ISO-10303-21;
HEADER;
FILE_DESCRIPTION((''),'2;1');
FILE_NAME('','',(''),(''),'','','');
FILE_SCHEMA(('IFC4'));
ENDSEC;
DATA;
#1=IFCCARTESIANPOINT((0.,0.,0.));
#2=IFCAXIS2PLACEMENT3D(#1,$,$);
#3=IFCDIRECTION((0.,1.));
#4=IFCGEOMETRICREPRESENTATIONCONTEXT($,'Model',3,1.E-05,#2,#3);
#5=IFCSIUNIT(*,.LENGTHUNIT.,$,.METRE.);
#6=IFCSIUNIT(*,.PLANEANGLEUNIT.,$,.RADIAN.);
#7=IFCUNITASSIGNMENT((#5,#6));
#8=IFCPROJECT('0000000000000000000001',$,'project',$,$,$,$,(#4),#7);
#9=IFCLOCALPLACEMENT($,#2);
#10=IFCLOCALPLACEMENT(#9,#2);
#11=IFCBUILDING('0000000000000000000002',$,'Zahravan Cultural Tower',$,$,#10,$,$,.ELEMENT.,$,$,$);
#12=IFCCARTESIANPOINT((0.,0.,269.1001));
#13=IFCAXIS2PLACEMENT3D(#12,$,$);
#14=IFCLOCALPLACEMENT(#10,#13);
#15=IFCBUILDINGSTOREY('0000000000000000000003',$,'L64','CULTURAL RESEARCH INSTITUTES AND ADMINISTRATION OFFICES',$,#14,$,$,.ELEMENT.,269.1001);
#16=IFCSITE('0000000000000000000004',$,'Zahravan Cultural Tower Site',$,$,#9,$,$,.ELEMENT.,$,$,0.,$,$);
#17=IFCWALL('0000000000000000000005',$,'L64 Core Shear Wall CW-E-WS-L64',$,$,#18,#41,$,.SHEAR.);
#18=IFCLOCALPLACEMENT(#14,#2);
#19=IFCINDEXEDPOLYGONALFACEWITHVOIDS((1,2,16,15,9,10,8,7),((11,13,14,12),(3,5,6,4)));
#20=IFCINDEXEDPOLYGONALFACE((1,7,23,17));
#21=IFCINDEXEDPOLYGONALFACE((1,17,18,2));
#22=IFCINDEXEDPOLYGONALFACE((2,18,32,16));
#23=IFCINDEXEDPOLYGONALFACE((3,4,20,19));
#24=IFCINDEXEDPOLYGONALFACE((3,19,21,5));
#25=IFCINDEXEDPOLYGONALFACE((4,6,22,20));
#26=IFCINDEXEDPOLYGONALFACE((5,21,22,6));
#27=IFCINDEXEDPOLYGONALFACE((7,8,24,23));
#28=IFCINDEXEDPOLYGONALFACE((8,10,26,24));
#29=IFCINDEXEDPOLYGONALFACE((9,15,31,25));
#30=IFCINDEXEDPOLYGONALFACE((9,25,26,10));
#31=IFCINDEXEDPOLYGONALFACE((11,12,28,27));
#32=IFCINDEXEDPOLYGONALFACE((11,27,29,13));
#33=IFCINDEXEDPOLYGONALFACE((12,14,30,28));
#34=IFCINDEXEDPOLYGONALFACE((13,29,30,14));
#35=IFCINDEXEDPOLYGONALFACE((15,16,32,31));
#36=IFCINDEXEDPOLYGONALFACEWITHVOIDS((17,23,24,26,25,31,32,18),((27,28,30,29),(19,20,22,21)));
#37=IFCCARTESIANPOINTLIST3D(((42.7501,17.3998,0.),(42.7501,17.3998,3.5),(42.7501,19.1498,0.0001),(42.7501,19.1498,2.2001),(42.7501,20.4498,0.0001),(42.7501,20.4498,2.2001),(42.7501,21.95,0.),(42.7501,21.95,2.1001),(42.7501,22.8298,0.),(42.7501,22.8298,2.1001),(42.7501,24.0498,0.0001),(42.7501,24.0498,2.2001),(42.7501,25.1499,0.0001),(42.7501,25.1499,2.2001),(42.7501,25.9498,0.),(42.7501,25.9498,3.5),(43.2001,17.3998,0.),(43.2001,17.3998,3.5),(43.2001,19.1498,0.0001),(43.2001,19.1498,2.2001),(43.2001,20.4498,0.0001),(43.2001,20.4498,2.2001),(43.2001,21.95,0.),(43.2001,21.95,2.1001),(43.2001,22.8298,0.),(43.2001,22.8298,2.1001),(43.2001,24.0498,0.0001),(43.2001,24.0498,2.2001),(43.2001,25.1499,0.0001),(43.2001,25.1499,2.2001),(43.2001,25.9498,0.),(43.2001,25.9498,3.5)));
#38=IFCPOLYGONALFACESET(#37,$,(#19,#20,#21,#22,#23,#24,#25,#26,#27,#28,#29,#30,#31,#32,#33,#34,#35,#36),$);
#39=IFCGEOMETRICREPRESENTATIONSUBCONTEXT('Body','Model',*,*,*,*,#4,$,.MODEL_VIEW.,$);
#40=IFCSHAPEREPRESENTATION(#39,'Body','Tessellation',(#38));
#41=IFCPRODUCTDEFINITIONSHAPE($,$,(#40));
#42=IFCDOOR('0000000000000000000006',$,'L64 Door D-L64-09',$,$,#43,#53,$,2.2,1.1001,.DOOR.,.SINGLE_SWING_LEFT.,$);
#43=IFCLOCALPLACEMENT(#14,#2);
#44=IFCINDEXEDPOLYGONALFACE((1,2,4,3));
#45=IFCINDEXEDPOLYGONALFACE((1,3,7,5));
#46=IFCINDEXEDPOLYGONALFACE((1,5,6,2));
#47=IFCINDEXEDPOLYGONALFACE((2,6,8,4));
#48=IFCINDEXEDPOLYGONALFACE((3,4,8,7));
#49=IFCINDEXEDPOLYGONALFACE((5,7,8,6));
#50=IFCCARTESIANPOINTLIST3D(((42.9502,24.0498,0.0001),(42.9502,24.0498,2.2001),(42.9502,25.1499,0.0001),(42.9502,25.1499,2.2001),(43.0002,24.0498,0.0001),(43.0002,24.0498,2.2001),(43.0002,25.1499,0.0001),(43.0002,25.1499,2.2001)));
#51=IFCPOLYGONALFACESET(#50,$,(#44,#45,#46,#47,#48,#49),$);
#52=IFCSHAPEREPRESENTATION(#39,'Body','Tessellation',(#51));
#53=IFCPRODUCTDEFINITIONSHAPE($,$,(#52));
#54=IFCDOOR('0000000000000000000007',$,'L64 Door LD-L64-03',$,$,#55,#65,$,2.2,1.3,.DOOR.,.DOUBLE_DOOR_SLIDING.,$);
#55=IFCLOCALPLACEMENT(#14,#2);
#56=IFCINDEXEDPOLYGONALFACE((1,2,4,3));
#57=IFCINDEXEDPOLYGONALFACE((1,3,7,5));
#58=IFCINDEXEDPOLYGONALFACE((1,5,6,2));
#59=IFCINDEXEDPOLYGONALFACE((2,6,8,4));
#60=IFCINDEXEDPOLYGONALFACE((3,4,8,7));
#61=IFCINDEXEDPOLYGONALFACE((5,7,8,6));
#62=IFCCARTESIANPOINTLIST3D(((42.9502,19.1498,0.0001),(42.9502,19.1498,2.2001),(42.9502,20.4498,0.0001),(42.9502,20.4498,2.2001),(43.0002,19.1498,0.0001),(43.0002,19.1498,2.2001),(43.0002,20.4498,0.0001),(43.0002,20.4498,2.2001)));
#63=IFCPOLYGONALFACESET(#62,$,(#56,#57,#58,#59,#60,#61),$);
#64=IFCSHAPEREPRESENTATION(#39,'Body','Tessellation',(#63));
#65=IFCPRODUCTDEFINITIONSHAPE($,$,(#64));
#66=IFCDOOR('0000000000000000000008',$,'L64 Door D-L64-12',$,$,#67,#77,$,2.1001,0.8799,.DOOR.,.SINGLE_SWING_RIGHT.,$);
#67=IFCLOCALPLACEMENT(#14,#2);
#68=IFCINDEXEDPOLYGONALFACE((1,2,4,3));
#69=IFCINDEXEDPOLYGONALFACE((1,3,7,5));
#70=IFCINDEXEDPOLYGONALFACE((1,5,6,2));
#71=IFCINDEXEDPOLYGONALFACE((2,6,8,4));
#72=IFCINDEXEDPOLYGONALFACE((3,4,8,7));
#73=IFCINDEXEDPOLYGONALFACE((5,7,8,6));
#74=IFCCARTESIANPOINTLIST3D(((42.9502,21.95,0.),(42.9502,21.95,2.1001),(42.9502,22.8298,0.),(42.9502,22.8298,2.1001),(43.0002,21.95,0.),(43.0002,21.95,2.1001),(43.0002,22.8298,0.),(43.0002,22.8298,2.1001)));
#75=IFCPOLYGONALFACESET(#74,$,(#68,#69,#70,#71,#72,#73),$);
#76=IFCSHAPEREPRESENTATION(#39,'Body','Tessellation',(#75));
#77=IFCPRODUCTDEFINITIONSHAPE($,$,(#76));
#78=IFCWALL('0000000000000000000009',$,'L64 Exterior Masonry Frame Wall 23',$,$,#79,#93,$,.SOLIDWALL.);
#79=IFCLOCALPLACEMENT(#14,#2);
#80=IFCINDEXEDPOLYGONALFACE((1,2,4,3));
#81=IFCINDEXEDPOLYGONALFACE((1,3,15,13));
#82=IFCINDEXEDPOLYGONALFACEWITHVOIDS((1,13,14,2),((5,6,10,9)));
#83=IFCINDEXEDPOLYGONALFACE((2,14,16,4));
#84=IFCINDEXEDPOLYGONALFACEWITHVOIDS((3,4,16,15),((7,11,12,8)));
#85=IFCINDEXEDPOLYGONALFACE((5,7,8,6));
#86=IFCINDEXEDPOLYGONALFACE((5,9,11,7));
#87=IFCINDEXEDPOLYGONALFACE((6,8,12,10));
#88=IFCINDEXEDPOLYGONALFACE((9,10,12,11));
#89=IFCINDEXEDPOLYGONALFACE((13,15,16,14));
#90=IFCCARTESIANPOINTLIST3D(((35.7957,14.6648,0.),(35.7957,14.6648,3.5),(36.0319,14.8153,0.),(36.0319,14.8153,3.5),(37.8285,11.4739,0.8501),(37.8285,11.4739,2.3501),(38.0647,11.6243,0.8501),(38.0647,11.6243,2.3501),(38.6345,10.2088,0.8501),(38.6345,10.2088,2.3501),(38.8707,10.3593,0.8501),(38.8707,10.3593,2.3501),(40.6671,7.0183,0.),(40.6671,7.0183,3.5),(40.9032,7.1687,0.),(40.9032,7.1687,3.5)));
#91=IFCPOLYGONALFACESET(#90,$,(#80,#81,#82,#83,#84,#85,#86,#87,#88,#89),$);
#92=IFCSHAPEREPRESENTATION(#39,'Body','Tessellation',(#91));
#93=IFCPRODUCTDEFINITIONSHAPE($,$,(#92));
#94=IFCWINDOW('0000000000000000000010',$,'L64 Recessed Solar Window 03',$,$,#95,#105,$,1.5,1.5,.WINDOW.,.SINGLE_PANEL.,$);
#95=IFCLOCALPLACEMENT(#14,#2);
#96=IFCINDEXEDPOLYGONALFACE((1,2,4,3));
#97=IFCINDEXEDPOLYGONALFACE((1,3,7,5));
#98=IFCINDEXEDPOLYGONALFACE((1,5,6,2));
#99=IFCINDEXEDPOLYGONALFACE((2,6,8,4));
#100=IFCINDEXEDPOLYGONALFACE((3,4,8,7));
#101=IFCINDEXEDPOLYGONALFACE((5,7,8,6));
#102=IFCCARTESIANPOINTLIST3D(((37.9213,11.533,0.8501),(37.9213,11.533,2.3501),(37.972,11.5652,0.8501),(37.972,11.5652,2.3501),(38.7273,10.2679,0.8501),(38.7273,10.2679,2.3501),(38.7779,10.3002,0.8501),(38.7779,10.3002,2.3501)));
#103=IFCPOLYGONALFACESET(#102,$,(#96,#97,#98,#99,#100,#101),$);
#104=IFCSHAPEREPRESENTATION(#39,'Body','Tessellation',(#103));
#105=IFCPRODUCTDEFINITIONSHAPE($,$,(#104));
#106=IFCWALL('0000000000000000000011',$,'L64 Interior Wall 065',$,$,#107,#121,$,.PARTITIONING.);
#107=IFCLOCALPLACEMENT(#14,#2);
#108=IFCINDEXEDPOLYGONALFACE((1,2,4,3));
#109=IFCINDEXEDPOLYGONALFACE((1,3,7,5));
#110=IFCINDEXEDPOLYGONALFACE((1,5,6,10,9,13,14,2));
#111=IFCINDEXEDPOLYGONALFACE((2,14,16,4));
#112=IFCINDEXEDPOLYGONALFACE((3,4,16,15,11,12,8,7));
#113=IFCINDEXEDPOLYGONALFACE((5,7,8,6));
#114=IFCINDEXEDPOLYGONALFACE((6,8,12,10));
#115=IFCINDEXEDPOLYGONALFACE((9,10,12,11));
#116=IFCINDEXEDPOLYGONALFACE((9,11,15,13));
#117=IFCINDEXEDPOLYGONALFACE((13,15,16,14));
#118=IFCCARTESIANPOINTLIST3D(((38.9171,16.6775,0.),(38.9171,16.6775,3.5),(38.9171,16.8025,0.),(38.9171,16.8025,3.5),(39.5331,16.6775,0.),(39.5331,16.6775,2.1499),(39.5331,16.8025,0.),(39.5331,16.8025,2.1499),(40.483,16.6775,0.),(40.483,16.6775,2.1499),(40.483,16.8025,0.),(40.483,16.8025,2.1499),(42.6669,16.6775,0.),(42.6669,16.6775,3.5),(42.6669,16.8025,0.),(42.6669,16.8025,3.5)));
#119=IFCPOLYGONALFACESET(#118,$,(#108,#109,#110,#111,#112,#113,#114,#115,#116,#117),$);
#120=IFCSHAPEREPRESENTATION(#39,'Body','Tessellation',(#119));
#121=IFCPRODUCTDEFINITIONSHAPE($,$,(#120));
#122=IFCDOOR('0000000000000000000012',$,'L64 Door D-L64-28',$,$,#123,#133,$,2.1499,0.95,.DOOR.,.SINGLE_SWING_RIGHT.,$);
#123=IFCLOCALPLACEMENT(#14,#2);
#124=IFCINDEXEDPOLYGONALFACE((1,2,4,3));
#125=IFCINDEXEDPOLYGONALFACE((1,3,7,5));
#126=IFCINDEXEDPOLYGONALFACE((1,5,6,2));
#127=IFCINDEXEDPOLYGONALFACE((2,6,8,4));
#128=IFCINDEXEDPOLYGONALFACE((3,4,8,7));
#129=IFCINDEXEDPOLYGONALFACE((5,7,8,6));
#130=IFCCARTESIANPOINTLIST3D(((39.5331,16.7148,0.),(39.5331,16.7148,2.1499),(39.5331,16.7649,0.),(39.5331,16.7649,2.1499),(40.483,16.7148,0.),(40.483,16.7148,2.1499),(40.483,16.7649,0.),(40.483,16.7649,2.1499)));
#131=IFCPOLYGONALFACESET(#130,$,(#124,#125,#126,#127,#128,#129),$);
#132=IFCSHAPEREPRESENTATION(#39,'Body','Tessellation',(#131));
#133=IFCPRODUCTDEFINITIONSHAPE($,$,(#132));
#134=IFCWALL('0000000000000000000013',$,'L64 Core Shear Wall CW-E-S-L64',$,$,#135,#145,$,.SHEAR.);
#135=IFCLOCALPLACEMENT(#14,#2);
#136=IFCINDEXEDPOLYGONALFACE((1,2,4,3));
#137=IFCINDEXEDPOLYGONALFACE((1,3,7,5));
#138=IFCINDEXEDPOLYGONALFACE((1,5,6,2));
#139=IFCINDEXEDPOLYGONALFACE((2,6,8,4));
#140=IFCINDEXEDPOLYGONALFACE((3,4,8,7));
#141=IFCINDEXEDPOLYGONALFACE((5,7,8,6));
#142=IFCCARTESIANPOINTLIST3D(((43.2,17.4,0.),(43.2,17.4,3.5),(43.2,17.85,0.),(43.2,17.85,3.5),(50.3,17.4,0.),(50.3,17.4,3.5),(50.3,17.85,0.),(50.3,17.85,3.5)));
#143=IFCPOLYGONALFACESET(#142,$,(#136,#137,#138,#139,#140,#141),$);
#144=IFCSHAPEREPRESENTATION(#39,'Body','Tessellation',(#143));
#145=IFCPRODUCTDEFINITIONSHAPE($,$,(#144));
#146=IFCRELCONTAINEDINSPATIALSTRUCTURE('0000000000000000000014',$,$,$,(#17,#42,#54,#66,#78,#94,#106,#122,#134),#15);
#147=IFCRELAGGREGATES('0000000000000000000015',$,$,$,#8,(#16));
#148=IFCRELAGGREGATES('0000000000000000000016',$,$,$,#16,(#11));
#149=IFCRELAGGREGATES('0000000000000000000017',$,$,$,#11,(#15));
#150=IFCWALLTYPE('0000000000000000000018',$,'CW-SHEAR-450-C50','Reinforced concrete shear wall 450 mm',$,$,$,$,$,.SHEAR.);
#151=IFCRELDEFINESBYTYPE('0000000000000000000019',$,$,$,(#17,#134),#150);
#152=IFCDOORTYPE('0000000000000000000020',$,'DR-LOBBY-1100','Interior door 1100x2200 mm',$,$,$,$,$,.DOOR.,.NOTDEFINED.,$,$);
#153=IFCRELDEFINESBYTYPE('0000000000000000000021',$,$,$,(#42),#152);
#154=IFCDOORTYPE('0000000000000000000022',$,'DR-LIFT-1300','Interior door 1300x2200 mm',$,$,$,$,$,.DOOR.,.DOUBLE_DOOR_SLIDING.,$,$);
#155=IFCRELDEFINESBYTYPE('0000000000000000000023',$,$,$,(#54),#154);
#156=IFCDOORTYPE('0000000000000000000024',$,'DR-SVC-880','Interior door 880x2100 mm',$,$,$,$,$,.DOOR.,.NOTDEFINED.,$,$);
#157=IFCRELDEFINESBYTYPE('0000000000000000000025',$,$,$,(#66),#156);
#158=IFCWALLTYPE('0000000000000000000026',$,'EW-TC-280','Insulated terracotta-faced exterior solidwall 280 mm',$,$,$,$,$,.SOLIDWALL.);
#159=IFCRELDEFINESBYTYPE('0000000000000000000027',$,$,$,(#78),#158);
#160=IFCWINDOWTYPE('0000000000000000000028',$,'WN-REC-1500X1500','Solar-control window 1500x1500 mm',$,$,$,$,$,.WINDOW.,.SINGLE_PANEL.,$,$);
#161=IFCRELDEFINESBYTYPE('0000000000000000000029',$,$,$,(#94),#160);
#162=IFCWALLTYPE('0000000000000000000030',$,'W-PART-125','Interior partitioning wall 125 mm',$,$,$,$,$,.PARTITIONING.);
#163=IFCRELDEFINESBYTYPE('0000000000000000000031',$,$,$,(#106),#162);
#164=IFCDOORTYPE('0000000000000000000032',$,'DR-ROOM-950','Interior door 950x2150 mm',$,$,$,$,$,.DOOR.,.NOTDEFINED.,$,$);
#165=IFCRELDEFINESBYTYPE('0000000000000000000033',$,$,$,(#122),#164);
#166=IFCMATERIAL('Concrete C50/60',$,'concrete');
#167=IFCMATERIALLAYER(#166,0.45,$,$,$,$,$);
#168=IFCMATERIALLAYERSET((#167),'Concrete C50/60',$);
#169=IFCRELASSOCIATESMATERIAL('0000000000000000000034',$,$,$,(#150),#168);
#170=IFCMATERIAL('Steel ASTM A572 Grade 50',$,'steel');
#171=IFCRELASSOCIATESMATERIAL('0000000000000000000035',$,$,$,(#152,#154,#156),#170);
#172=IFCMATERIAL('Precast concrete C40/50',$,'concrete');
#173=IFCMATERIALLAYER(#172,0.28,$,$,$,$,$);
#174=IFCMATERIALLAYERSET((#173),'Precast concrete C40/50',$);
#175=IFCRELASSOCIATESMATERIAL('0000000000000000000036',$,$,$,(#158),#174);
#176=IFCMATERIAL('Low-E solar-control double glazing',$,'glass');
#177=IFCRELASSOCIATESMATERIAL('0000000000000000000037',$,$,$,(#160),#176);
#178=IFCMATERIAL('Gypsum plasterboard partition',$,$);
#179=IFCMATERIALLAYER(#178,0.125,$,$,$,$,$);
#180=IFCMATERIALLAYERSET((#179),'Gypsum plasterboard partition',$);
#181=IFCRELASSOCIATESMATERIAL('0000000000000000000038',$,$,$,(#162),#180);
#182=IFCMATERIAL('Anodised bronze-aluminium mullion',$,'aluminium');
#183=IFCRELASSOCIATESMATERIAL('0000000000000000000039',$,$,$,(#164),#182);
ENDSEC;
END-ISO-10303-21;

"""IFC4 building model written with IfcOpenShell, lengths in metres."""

from ifc_helpers import new_model, si_unit, direction, frame, frame_2d, origin, place, context, subcontext, project, spatial, rectangle, extrude, source, transform, mapped, material, layer, layer_set, type_object, element, fill, save


model = new_model("IFC4")

# Units and contexts
model_context = context("Model", 3, precision=1e-05, world=origin(), true_north=direction((0.0, 1.0)))
body_context = subcontext(model_context, "Body", "Model", "MODEL_VIEW")
ifc_project = project(units=[si_unit("LENGTHUNIT", "METRE"), si_unit("PLANEANGLEUNIT", "RADIAN")], contexts=[model_context])

# Site, building, storey
site_placement = place(None, origin())
site = spatial("IfcSite", under=ifc_project, at=site_placement, Name="Zahravan Cultural Tower Site", CompositionType="ELEMENT", RefElevation=0.0)
building_placement = place(site_placement, origin())
building = spatial("IfcBuilding", under=site, at=building_placement, Name="Zahravan Cultural Tower", CompositionType="ELEMENT")
storey_placement = place(building_placement, frame((0.0, 0.0, 269.1001)))
storey = spatial("IfcBuildingStorey", under=building, at=storey_placement, Name="L64", Description="CULTURAL RESEARCH INSTITUTES AND ADMINISTRATION OFFICES", CompositionType="ELEMENT", Elevation=269.1001)

# Shared definitions
ifc_material_1 = material(Name="Concrete C50/60", Category="concrete")

# Wall, openings, doors
ifc_layer_1 = layer(ifc_material_1, 0.45)
ifc_layer_set_1 = layer_set([ifc_layer_1], Name="Concrete C50/60")
wall_type_1 = type_object("IfcWallType", Name="CW-SHEAR-450-C50", Description="Reinforced concrete shear wall 450 mm", PredefinedType="SHEAR", material=ifc_layer_set_1)
wall_1_placement = place(storey_placement, frame((42.9751, 17.3999, 0.0), z_axis=(0.0, 0.0, 1.0), x_axis=(0.0, 1.0, 0.0)))
wall_1 = element("IfcWall", 1, at=wall_1_placement, inside=storey, type_object=wall_type_1, Name="L64 Core Shear Wall CW-E-WS-L64", PredefinedType="SHEAR", context=body_context, shape_type="SweptSolid", body=[
    extrude(rectangle(XDim=8.55, YDim=0.45, at=frame_2d((4.2749, 0.0))), origin(), (0.0, 0.0, 1.0), 3.5),
])
opening_1_placement = place(wall_1_placement, frame((6.6499, 0.0, 0.0)))
opening_1 = element("IfcOpeningElement", 2, at=opening_1_placement, cuts=wall_1, PredefinedType="OPENING", context=body_context, shape_type="SweptSolid", body=[
    extrude(rectangle(XDim=1.1001, YDim=2.2, at=frame_2d((0.55, 1.1001))), frame((0.0, 0.2349, 0.0), z_axis=(0.0, -1.0, 0.0), x_axis=(1.0, 0.0, 0.0)), (0.0, 0.0, 1.0), 0.47),
])
opening_2_placement = place(wall_1_placement, frame((1.75, 0.0, 0.0)))
opening_2 = element("IfcOpeningElement", 3, at=opening_2_placement, cuts=wall_1, PredefinedType="OPENING", context=body_context, shape_type="SweptSolid", body=[
    extrude(rectangle(XDim=1.3, YDim=2.2, at=frame_2d((0.6499, 1.1001))), frame((0.0, 0.2349, 0.0), z_axis=(0.0, -1.0, 0.0), x_axis=(1.0, 0.0, 0.0)), (0.0, 0.0, 1.0), 0.47),
])
opening_3_placement = place(wall_1_placement, frame((4.55, 0.0, 0.0)))
opening_3 = element("IfcOpeningElement", 4, at=opening_3_placement, cuts=wall_1, PredefinedType="OPENING", context=body_context, shape_type="SweptSolid", body=[
    extrude(rectangle(XDim=0.8799, YDim=2.1001, at=frame_2d((0.4399, 1.05))), frame((0.0, 0.2349, 0.0), z_axis=(0.0, -1.0, 0.0), x_axis=(1.0, 0.0, 0.0)), (0.0, 0.0, 1.0), 0.47),
])
ifc_material_2 = material(Name="Steel ASTM A572 Grade 50", Category="steel")
door_type_1 = type_object("IfcDoorType", Name="DR-LOBBY-1100", Description="Interior door 1100x2200 mm", OperationType="NOTDEFINED", PredefinedType="DOOR", material=ifc_material_2)
shared_shape_1 = source(origin(), body_context, "Body", "SweptSolid", [
    extrude(rectangle(XDim=1.1001, YDim=2.2, at=frame_2d((0.55, 1.1001))), frame((0.0, 0.0249, 0.0), z_axis=(0.0, -1.0, 0.0), x_axis=(1.0, 0.0, 0.0)), (0.0, 0.0, 1.0), 0.05),
])
door_1_placement = place(opening_1_placement, origin())
door_1 = element("IfcDoor", 5, at=door_1_placement, inside=storey, type_object=door_type_1, Name="L64 Door D-L64-09", OperationType="SINGLE_SWING_LEFT", OverallHeight=2.2, OverallWidth=1.1001, PredefinedType="DOOR", context=body_context, shape_type="MappedRepresentation", body=[
    mapped(shared_shape_1, transform((0.0, 0.0, 0.0), x_axis=(1.0, 0.0, 0.0), y_axis=(0.0, 1.0, 0.0), z_axis=(0.0, 0.0, 1.0), scale=1.0)),
])
fill(opening_1, door_1)
door_type_2 = type_object("IfcDoorType", Name="DR-LIFT-1300", Description="Interior door 1300x2200 mm", OperationType="DOUBLE_DOOR_SLIDING", PredefinedType="DOOR", material=ifc_material_2)
shared_shape_2 = source(origin(), body_context, "Body", "SweptSolid", [
    extrude(rectangle(XDim=1.3, YDim=2.2, at=frame_2d((0.6499, 1.1001))), frame((0.0, 0.0249, 0.0), z_axis=(0.0, -1.0, 0.0), x_axis=(1.0, 0.0, 0.0)), (0.0, 0.0, 1.0), 0.05),
])
door_2_placement = place(opening_2_placement, origin())
door_2 = element("IfcDoor", 6, at=door_2_placement, inside=storey, type_object=door_type_2, Name="L64 Door LD-L64-03", OperationType="DOUBLE_DOOR_SLIDING", OverallHeight=2.2, OverallWidth=1.3, PredefinedType="DOOR", context=body_context, shape_type="MappedRepresentation", body=[
    mapped(shared_shape_2, transform((0.0, 0.0, 0.0), x_axis=(1.0, 0.0, 0.0), y_axis=(0.0, 1.0, 0.0), z_axis=(0.0, 0.0, 1.0), scale=1.0)),
])
fill(opening_2, door_2)
door_type_3 = type_object("IfcDoorType", Name="DR-SVC-880", Description="Interior door 880x2100 mm", OperationType="NOTDEFINED", PredefinedType="DOOR", material=ifc_material_2)
shared_shape_3 = source(origin(), body_context, "Body", "SweptSolid", [
    extrude(rectangle(XDim=0.8799, YDim=2.1001, at=frame_2d((0.4399, 1.05))), frame((0.0, 0.0249, 0.0), z_axis=(0.0, -1.0, 0.0), x_axis=(1.0, 0.0, 0.0)), (0.0, 0.0, 1.0), 0.05),
])
door_3_placement = place(opening_3_placement, origin())
door_3 = element("IfcDoor", 7, at=door_3_placement, inside=storey, type_object=door_type_3, Name="L64 Door D-L64-12", OperationType="SINGLE_SWING_RIGHT", OverallHeight=2.1001, OverallWidth=0.8799, PredefinedType="DOOR", context=body_context, shape_type="MappedRepresentation", body=[
    mapped(shared_shape_3, transform((0.0, 0.0, 0.0), x_axis=(1.0, 0.0, 0.0), y_axis=(0.0, 1.0, 0.0), z_axis=(0.0, 0.0, 1.0), scale=1.0)),
])
fill(opening_3, door_3)

# Wall, opening, window
ifc_material_3 = material(Name="Precast concrete C40/50", Category="concrete")
ifc_layer_2 = layer(ifc_material_3, 0.28)
ifc_layer_set_2 = layer_set([ifc_layer_2], Name="Precast concrete C40/50")
wall_type_2 = type_object("IfcWallType", Name="EW-TC-280", Description="Insulated terracotta-faced exterior solidwall 280 mm", PredefinedType="SOLIDWALL", material=ifc_layer_set_2)
wall_2_placement = place(storey_placement, frame((40.7852, 7.0935, 0.0), z_axis=(0.0, 0.0, 1.0), x_axis=(-0.537299, 0.843392, 0.0)))
wall_2 = element("IfcWall", 8, at=wall_2_placement, inside=storey, type_object=wall_type_2, Name="L64 Exterior Masonry Frame Wall 23", PredefinedType="SOLIDWALL", context=body_context, shape_type="SweptSolid", body=[
    extrude(rectangle(XDim=9.0664, YDim=0.28, at=frame_2d((4.5332, 0.0))), origin(), (0.0, 0.0, 1.0), 3.5),
])
opening_4_placement = place(wall_2_placement, frame((3.783, 0.0, 0.8501)))
opening_4 = element("IfcOpeningElement", 9, at=opening_4_placement, cuts=wall_2, PredefinedType="OPENING", context=body_context, shape_type="SweptSolid", body=[
    extrude(rectangle(XDim=1.5, YDim=1.5, at=frame_2d((0.75, 0.75))), frame((0.0, 0.1499, 0.0), z_axis=(0.0, -1.0, 0.0), x_axis=(1.0, 0.0, 0.0)), (0.0, 0.0, 1.0), 0.3),
])
ifc_material_4 = material(Name="Low-E solar-control double glazing", Category="glass")
window_type = type_object("IfcWindowType", Name="WN-REC-1500X1500", Description="Solar-control window 1500x1500 mm", PartitioningType="SINGLE_PANEL", PredefinedType="WINDOW", material=ifc_material_4)
shared_shape_4 = source(origin(), body_context, "Body", "SweptSolid", [
    extrude(rectangle(XDim=1.5, YDim=1.5, at=frame_2d((0.75, 0.75))), frame((0.0, 0.03, 0.0), z_axis=(0.0, -1.0, 0.0), x_axis=(1.0, 0.0, 0.0)), (0.0, 0.0, 1.0), 0.0601),
])
window_placement = place(opening_4_placement, origin())
window = element("IfcWindow", 10, at=window_placement, inside=storey, type_object=window_type, Name="L64 Recessed Solar Window 03", OverallHeight=1.5, OverallWidth=1.5, PartitioningType="SINGLE_PANEL", PredefinedType="WINDOW", context=body_context, shape_type="MappedRepresentation", body=[
    mapped(shared_shape_4, transform((0.0, 0.0, 0.0), x_axis=(1.0, 0.0, 0.0), y_axis=(0.0, 1.0, 0.0), z_axis=(0.0, 0.0, 1.0), scale=1.0)),
])
fill(opening_4, window)

# Wall, opening, door
ifc_material_5 = material(Name="Gypsum plasterboard partition")
ifc_layer_3 = layer(ifc_material_5, 0.125)
ifc_layer_set_3 = layer_set([ifc_layer_3], Name="Gypsum plasterboard partition")
wall_type_3 = type_object("IfcWallType", Name="W-PART-125", Description="Interior partitioning wall 125 mm", PredefinedType="PARTITIONING", material=ifc_layer_set_3)
wall_3_placement = place(storey_placement, frame((38.917, 16.74, 0.0), z_axis=(0.0, 0.0, 1.0), x_axis=(1.0, 0.0, 0.0)))
wall_3 = element("IfcWall", 11, at=wall_3_placement, inside=storey, type_object=wall_type_3, Name="L64 Interior Wall 065", PredefinedType="PARTITIONING", context=body_context, shape_type="SweptSolid", body=[
    extrude(rectangle(XDim=3.7498, YDim=0.125, at=frame_2d((1.875, 0.0))), origin(), (0.0, 0.0, 1.0), 3.5),
])
opening_5_placement = place(wall_3_placement, frame((0.616, 0.0, 0.0)))
opening_5 = element("IfcOpeningElement", 12, at=opening_5_placement, cuts=wall_3, PredefinedType="OPENING", context=body_context, shape_type="SweptSolid", body=[
    extrude(rectangle(XDim=0.95, YDim=2.1499, at=frame_2d((0.4751, 1.075))), frame((0.0, 0.0725, 0.0), z_axis=(0.0, -1.0, 0.0), x_axis=(1.0, 0.0, 0.0)), (0.0, 0.0, 1.0), 0.145),
])
ifc_material_6 = material(Name="Anodised bronze-aluminium mullion", Category="aluminium")
door_type_4 = type_object("IfcDoorType", Name="DR-ROOM-950", Description="Interior door 950x2150 mm", OperationType="NOTDEFINED", PredefinedType="DOOR", material=ifc_material_6)
shared_shape_5 = source(origin(), body_context, "Body", "SweptSolid", [
    extrude(rectangle(XDim=0.95, YDim=2.1499, at=frame_2d((0.4751, 1.075))), frame((0.0, 0.0249, 0.0), z_axis=(0.0, -1.0, 0.0), x_axis=(1.0, 0.0, 0.0)), (0.0, 0.0, 1.0), 0.05),
])
door_4_placement = place(opening_5_placement, origin())
door_4 = element("IfcDoor", 13, at=door_4_placement, inside=storey, type_object=door_type_4, Name="L64 Door D-L64-28", OperationType="SINGLE_SWING_RIGHT", OverallHeight=2.1499, OverallWidth=0.95, PredefinedType="DOOR", context=body_context, shape_type="MappedRepresentation", body=[
    mapped(shared_shape_5, transform((0.0, 0.0, 0.0), x_axis=(1.0, 0.0, 0.0), y_axis=(0.0, 1.0, 0.0), z_axis=(0.0, 0.0, 1.0), scale=1.0)),
])
fill(opening_5, door_4)

# Wall
shared_shape_6 = source(origin(), body_context, "Body", "SweptSolid", [
    extrude(rectangle(XDim=7.1001, YDim=0.45, at=frame_2d((3.55, 0.0))), origin(), (0.0, 0.0, 1.0), 3.5),
])
wall_4_placement = place(storey_placement, frame((43.2, 17.625, 0.0), z_axis=(0.0, 0.0, 1.0), x_axis=(1.0, 0.0, 0.0)))
element("IfcWall", 14, at=wall_4_placement, inside=storey, type_object=wall_type_1, Name="L64 Core Shear Wall CW-E-S-L64", PredefinedType="SHEAR", context=body_context, shape_type="MappedRepresentation", body=[
    mapped(shared_shape_6, transform((0.0, 0.0, 0.0), x_axis=(1.0, 0.0, 0.0), y_axis=(0.0, 1.0, 0.0), z_axis=(0.0, 0.0, 1.0), scale=1.0)),
])

save(model, "model.ifc")
